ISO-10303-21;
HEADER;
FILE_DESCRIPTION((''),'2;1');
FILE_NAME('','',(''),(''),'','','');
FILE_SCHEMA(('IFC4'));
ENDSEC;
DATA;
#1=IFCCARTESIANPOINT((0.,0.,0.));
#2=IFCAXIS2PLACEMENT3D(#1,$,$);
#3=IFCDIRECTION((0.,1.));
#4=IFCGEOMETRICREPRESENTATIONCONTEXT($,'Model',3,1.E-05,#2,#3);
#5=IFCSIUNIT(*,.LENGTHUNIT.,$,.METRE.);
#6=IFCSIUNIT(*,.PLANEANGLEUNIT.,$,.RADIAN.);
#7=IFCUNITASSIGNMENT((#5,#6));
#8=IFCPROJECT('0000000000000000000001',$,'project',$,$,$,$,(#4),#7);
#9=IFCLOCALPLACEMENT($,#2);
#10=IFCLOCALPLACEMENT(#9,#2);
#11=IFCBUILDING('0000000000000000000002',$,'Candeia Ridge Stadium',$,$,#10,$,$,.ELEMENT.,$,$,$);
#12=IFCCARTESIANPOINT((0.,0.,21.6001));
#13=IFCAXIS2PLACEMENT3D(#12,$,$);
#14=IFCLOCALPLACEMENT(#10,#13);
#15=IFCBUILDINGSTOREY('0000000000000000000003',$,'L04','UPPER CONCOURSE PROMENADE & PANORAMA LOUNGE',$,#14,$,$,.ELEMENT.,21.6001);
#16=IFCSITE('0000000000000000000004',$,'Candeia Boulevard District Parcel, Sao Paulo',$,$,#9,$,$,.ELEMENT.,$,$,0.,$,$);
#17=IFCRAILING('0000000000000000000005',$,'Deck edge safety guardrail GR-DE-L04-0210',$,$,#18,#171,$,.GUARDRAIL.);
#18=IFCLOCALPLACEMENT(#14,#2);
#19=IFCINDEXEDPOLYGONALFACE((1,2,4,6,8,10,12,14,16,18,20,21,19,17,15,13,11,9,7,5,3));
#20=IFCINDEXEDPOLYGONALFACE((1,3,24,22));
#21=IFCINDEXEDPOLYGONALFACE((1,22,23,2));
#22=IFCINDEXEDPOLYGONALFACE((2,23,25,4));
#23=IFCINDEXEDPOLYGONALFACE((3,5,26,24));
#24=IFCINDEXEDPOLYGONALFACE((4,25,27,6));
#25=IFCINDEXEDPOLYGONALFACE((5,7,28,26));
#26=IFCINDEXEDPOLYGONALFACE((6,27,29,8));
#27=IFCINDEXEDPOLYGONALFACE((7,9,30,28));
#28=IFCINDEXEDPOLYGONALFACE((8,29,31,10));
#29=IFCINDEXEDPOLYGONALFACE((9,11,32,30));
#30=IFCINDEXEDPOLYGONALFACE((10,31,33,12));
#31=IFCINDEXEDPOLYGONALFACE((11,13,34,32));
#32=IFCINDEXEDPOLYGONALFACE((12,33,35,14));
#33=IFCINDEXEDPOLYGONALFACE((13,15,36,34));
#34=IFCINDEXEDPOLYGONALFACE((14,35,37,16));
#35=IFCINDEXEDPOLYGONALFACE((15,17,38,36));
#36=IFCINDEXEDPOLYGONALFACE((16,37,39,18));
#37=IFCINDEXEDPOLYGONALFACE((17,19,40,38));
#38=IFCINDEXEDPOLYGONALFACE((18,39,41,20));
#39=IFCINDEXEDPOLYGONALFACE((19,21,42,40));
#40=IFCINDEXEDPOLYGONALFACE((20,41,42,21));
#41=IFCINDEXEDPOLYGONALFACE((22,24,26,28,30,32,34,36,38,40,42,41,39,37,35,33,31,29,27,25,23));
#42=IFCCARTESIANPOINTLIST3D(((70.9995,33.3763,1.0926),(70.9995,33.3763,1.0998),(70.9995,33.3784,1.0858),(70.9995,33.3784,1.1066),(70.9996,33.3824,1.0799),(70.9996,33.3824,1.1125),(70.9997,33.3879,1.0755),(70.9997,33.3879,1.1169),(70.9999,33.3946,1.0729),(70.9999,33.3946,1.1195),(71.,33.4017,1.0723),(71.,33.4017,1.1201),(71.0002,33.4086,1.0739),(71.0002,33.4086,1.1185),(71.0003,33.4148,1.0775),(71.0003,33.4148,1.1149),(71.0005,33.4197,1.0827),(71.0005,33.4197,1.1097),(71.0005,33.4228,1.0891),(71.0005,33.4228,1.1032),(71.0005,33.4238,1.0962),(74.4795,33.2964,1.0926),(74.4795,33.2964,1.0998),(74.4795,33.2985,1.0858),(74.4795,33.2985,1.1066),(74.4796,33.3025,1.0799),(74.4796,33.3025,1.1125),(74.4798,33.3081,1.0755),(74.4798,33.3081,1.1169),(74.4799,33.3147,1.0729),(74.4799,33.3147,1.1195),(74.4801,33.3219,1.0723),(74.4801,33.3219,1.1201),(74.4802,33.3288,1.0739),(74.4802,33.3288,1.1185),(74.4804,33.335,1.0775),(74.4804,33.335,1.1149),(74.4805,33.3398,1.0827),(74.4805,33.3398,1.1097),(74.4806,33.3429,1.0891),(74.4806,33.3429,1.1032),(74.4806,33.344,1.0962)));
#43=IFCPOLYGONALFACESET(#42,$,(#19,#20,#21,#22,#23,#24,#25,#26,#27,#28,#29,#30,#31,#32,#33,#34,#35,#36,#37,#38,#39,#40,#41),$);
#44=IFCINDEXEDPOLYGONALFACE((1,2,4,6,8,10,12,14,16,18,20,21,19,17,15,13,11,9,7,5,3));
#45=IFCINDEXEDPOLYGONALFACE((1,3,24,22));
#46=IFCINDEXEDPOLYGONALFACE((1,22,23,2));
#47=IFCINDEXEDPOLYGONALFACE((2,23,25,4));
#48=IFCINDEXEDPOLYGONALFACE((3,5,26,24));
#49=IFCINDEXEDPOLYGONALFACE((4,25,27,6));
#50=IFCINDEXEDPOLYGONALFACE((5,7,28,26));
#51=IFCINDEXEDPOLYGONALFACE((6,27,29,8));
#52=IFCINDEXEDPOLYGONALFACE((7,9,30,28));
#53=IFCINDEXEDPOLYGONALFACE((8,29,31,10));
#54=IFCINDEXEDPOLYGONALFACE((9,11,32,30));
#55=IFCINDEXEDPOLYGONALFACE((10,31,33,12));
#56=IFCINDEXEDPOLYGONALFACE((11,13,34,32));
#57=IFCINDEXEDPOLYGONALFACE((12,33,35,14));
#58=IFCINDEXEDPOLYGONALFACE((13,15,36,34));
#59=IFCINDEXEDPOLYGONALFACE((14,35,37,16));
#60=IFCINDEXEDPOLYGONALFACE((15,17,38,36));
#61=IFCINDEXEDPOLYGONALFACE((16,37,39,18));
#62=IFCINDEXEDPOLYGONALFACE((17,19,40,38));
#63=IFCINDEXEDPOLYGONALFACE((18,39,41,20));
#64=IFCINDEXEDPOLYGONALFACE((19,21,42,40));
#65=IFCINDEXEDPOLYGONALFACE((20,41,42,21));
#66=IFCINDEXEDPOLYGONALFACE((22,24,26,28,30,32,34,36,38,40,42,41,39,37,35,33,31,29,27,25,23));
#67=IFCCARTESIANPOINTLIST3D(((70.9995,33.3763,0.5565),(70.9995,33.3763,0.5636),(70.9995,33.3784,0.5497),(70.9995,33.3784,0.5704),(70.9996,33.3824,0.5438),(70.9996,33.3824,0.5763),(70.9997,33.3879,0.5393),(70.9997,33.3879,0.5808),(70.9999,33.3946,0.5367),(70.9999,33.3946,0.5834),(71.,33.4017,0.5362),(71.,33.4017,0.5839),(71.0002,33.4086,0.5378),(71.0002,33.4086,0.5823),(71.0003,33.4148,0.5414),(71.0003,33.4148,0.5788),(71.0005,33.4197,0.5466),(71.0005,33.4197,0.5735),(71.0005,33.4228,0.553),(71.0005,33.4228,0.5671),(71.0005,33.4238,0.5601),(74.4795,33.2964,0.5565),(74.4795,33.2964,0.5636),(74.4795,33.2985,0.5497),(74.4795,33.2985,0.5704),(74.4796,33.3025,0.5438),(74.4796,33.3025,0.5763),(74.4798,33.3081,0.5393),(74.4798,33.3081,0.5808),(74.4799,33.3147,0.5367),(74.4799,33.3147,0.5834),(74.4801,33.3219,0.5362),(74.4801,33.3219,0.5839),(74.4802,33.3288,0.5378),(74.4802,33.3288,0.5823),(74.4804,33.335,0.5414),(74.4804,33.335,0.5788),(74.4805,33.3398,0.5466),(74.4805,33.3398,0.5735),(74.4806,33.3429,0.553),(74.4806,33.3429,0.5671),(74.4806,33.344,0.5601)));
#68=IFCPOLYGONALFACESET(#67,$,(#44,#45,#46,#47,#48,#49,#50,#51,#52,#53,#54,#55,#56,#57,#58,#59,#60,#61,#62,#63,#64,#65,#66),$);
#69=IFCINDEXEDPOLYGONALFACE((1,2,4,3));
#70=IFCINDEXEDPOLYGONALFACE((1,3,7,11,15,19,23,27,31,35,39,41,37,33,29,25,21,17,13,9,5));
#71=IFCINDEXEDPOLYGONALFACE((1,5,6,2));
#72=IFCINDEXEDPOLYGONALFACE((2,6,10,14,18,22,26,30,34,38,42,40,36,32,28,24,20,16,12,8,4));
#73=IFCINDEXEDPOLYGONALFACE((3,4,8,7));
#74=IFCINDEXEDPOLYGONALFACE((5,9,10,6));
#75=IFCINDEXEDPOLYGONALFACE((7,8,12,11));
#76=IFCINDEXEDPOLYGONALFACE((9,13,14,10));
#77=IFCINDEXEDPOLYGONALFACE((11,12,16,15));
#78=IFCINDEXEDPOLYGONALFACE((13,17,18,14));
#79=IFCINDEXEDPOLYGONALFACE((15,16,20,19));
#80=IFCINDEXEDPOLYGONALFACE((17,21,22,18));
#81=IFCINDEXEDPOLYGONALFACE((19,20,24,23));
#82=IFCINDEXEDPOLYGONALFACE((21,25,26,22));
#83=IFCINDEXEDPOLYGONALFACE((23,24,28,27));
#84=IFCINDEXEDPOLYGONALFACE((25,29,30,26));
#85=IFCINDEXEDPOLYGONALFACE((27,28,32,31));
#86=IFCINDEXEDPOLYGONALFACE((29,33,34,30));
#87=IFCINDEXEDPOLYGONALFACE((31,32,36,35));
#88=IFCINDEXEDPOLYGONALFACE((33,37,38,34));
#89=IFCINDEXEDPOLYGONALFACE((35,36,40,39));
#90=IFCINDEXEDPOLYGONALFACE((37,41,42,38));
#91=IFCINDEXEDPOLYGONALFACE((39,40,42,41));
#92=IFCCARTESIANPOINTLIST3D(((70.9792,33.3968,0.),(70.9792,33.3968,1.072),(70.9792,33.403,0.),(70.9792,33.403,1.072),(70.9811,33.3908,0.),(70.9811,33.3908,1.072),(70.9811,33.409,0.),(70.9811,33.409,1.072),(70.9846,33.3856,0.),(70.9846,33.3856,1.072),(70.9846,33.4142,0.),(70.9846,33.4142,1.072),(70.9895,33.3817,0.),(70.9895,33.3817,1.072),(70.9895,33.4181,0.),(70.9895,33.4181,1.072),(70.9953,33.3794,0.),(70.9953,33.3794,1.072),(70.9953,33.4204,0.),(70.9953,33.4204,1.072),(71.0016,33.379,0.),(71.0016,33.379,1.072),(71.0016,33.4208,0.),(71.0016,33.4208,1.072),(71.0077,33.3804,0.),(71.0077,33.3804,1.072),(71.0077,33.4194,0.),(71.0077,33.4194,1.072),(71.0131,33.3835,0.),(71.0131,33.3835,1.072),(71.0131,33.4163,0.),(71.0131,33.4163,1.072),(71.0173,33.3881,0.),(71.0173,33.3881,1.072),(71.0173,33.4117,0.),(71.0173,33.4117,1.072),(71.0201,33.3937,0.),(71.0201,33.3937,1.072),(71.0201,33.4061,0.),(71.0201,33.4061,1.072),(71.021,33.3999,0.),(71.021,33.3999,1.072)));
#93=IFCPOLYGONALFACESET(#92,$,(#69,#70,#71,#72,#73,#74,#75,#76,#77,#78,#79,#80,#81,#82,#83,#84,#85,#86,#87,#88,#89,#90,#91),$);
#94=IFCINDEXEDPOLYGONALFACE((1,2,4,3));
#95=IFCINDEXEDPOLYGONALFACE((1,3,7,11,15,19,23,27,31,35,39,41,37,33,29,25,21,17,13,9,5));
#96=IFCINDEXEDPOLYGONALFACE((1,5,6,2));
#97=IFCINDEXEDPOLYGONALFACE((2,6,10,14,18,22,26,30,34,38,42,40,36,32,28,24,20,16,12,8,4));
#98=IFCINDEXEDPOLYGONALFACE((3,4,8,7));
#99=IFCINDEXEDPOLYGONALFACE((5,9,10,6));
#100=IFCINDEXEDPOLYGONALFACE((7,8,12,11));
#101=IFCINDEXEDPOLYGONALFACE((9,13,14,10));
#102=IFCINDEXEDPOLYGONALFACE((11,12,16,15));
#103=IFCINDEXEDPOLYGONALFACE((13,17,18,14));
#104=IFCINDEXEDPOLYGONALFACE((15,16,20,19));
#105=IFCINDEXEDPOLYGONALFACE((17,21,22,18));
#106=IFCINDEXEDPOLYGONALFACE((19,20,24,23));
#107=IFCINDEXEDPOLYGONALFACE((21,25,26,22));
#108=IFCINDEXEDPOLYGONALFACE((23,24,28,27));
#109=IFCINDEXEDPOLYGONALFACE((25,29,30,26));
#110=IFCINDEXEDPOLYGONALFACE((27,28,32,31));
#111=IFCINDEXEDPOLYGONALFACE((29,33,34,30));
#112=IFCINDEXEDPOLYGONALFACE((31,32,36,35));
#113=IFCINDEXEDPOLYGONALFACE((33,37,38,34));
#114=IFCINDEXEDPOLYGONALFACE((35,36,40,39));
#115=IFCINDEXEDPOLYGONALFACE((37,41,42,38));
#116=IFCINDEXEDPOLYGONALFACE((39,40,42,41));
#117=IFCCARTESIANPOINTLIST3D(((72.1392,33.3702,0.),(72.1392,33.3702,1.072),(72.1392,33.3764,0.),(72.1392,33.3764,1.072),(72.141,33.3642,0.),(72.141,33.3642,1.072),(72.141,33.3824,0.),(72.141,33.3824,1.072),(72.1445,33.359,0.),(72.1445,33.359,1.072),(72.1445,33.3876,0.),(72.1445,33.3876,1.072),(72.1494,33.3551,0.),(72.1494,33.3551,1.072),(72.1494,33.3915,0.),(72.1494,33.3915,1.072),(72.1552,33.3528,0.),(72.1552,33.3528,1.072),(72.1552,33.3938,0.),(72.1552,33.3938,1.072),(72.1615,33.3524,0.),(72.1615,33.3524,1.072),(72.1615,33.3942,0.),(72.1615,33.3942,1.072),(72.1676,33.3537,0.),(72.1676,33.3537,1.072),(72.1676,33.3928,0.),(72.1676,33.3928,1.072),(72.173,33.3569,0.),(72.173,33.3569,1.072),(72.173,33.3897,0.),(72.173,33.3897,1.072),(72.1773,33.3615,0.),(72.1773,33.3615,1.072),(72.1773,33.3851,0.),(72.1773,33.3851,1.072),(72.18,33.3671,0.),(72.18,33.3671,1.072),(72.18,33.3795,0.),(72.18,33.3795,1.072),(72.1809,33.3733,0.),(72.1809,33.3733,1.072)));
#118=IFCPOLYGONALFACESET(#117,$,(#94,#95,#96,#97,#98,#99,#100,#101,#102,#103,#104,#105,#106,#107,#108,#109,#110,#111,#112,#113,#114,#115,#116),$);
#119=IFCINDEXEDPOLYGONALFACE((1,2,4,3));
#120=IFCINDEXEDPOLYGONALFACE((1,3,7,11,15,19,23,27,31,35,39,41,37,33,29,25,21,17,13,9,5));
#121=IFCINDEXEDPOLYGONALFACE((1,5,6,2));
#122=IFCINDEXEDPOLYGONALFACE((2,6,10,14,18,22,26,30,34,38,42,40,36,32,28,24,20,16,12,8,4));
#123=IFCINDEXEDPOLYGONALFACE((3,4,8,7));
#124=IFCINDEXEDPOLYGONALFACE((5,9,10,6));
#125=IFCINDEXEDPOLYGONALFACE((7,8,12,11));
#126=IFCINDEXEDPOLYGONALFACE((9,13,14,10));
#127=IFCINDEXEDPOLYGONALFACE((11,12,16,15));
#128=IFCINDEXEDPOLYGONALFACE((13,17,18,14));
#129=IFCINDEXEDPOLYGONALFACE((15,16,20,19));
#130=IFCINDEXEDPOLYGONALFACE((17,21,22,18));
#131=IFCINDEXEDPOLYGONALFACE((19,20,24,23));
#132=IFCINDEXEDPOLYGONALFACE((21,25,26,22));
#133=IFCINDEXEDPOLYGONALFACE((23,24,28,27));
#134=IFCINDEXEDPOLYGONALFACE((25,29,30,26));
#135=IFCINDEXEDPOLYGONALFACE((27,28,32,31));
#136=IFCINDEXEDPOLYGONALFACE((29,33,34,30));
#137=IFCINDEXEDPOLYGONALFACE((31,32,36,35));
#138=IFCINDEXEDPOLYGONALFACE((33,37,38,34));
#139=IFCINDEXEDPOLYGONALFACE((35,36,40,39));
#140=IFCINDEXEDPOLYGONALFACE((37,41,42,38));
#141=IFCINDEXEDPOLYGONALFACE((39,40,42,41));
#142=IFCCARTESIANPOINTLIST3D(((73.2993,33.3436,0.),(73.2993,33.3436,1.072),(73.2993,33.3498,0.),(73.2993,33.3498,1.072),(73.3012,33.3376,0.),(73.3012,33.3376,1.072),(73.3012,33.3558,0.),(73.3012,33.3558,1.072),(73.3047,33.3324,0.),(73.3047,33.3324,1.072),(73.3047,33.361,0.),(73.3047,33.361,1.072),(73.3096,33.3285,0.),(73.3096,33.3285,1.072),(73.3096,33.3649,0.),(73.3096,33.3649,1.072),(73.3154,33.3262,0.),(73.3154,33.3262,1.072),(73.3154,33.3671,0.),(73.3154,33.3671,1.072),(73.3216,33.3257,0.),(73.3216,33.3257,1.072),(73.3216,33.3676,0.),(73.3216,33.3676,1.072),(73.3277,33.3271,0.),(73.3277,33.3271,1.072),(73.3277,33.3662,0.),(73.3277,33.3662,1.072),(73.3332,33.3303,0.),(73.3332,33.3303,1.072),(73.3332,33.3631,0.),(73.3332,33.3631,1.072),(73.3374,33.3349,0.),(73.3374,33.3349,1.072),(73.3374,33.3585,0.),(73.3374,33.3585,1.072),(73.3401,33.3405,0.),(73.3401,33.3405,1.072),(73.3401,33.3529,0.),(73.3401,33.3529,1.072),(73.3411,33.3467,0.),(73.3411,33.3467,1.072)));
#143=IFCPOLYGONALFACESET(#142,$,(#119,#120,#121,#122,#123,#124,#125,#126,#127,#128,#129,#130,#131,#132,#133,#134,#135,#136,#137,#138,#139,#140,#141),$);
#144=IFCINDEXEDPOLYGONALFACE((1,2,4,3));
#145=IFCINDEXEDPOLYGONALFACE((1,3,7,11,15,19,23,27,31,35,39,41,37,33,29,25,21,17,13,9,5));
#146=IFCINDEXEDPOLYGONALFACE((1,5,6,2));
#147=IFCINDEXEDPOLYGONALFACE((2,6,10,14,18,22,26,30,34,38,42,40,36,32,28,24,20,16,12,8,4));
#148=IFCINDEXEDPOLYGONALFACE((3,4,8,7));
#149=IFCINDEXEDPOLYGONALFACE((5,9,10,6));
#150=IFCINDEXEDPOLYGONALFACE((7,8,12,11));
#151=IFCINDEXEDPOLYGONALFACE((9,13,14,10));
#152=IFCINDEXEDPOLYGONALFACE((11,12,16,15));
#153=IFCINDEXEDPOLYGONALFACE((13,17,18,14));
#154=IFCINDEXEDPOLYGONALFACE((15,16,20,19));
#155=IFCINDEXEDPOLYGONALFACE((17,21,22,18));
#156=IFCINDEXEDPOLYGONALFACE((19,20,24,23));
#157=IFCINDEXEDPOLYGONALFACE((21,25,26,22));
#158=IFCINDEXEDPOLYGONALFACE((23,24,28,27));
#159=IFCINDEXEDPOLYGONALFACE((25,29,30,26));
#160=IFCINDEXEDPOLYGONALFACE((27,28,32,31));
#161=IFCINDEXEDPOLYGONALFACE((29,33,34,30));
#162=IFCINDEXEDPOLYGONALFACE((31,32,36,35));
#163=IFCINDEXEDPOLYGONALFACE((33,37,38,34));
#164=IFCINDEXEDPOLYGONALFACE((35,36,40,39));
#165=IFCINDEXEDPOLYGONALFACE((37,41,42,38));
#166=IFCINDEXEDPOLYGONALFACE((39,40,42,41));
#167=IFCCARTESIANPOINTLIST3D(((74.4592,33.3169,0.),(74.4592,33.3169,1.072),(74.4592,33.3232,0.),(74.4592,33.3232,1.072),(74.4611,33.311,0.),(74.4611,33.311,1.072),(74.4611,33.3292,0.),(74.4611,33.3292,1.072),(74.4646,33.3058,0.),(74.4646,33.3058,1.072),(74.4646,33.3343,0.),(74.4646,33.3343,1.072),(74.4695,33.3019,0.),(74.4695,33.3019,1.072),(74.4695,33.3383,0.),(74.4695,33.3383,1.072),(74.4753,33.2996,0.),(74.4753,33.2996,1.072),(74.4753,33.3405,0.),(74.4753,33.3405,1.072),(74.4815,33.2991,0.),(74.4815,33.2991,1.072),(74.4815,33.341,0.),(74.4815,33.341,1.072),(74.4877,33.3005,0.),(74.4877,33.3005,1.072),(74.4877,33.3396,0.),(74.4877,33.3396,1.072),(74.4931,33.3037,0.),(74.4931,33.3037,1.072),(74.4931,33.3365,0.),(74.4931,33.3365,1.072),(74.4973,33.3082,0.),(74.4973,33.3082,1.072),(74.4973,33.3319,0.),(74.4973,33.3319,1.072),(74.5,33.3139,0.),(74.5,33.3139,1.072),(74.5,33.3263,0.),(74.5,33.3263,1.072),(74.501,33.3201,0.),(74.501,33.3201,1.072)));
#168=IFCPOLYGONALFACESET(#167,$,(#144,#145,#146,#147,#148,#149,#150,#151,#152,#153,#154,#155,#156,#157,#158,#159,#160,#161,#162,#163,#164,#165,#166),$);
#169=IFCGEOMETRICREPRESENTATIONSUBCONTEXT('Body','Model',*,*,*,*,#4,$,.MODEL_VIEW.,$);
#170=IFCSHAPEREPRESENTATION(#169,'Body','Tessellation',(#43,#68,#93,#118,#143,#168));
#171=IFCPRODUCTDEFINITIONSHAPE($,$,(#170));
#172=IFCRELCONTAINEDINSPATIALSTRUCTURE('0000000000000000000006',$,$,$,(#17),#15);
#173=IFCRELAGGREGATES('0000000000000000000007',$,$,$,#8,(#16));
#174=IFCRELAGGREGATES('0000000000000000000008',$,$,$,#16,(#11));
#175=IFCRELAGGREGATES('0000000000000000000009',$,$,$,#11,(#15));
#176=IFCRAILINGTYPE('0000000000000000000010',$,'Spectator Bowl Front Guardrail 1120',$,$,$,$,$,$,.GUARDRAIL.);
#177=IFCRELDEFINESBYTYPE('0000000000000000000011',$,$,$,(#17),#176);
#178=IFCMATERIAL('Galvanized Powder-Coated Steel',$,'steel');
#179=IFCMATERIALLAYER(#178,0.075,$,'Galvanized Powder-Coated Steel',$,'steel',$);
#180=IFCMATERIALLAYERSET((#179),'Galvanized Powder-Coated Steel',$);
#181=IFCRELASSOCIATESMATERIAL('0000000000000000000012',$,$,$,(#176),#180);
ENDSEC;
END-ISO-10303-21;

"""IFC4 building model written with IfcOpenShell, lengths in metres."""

from ifc_helpers import new_model, si_unit, direction, frame, origin, origin_2d, place, context, subcontext, project, spatial, circle, extrude, material, layer, layer_set, type_object, element, save


model = new_model("IFC4")

# Units and contexts
model_context = context("Model", 3, precision=1e-05, world=origin(), true_north=direction((0.0, 1.0)))
body_context = subcontext(model_context, "Body", "Model", "MODEL_VIEW")
ifc_project = project(units=[si_unit("LENGTHUNIT", "METRE"), si_unit("PLANEANGLEUNIT", "RADIAN")], contexts=[model_context])

# Site, building, storey
site_placement = place(None, origin())
site = spatial("IfcSite", under=ifc_project, at=site_placement, Name="Candeia Boulevard District Parcel, Sao Paulo", CompositionType="ELEMENT", RefElevation=0.0)
building_placement = place(site_placement, origin())
building = spatial("IfcBuilding", under=site, at=building_placement, Name="Candeia Ridge Stadium", CompositionType="ELEMENT")
storey_placement = place(building_placement, frame((0.0, 0.0, 21.6001)))
storey = spatial("IfcBuildingStorey", under=building, at=storey_placement, Name="L04", Description="UPPER CONCOURSE PROMENADE & PANORAMA LOUNGE", CompositionType="ELEMENT", Elevation=21.6001)

# Railing
ifc_material_1 = material(Name="Galvanized Powder-Coated Steel", Category="steel")
ifc_layer_1 = layer(ifc_material_1, 0.075, Name="Galvanized Powder-Coated Steel", Category="steel")
ifc_layer_set_1 = layer_set([ifc_layer_1], Name="Galvanized Powder-Coated Steel")
railing_type_1 = type_object("IfcRailingType", Name="Spectator Bowl Front Guardrail 1120", PredefinedType="GUARDRAIL", material=ifc_layer_set_1)
railing_1_placement = place(storey_placement, frame((71.0, 33.3999, 0.0)))
element("IfcRailing", 1, at=railing_1_placement, inside=storey, type_object=railing_type_1, Name="Deck edge safety guardrail GR-DE-L04-0210", PredefinedType="GUARDRAIL", context=body_context, shape_type="SweptSolid", body=[
    extrude(circle(Radius=0.0239, at=origin_2d()), frame((0.0, 0.0, 1.0962), z_axis=(0.999737, -0.022935, 0.0), x_axis=(0.022935, 0.999737, 0.0)), (0.0, 0.0, 1.0), 3.481),
    extrude(circle(Radius=0.0239, at=origin_2d()), frame((0.0, 0.0, 0.5601), z_axis=(0.999737, -0.022935, 0.0), x_axis=(0.022935, 0.999737, 0.0)), (0.0, 0.0, 1.0), 3.481),
    extrude(circle(Radius=0.021, at=origin_2d()), origin(), (0.0, 0.0, 1.0), 1.072),
    extrude(circle(Radius=0.021, at=origin_2d()), frame((1.1599, -0.0266, 0.0)), (0.0, 0.0, 1.0), 1.072),
    extrude(circle(Radius=0.021, at=origin_2d()), frame((2.3201, -0.0532, 0.0)), (0.0, 0.0, 1.0), 1.072),
    extrude(circle(Radius=0.021, at=origin_2d()), frame((3.48, -0.0798, 0.0)), (0.0, 0.0, 1.0), 1.072),
])

save(model, "model.ifc")
